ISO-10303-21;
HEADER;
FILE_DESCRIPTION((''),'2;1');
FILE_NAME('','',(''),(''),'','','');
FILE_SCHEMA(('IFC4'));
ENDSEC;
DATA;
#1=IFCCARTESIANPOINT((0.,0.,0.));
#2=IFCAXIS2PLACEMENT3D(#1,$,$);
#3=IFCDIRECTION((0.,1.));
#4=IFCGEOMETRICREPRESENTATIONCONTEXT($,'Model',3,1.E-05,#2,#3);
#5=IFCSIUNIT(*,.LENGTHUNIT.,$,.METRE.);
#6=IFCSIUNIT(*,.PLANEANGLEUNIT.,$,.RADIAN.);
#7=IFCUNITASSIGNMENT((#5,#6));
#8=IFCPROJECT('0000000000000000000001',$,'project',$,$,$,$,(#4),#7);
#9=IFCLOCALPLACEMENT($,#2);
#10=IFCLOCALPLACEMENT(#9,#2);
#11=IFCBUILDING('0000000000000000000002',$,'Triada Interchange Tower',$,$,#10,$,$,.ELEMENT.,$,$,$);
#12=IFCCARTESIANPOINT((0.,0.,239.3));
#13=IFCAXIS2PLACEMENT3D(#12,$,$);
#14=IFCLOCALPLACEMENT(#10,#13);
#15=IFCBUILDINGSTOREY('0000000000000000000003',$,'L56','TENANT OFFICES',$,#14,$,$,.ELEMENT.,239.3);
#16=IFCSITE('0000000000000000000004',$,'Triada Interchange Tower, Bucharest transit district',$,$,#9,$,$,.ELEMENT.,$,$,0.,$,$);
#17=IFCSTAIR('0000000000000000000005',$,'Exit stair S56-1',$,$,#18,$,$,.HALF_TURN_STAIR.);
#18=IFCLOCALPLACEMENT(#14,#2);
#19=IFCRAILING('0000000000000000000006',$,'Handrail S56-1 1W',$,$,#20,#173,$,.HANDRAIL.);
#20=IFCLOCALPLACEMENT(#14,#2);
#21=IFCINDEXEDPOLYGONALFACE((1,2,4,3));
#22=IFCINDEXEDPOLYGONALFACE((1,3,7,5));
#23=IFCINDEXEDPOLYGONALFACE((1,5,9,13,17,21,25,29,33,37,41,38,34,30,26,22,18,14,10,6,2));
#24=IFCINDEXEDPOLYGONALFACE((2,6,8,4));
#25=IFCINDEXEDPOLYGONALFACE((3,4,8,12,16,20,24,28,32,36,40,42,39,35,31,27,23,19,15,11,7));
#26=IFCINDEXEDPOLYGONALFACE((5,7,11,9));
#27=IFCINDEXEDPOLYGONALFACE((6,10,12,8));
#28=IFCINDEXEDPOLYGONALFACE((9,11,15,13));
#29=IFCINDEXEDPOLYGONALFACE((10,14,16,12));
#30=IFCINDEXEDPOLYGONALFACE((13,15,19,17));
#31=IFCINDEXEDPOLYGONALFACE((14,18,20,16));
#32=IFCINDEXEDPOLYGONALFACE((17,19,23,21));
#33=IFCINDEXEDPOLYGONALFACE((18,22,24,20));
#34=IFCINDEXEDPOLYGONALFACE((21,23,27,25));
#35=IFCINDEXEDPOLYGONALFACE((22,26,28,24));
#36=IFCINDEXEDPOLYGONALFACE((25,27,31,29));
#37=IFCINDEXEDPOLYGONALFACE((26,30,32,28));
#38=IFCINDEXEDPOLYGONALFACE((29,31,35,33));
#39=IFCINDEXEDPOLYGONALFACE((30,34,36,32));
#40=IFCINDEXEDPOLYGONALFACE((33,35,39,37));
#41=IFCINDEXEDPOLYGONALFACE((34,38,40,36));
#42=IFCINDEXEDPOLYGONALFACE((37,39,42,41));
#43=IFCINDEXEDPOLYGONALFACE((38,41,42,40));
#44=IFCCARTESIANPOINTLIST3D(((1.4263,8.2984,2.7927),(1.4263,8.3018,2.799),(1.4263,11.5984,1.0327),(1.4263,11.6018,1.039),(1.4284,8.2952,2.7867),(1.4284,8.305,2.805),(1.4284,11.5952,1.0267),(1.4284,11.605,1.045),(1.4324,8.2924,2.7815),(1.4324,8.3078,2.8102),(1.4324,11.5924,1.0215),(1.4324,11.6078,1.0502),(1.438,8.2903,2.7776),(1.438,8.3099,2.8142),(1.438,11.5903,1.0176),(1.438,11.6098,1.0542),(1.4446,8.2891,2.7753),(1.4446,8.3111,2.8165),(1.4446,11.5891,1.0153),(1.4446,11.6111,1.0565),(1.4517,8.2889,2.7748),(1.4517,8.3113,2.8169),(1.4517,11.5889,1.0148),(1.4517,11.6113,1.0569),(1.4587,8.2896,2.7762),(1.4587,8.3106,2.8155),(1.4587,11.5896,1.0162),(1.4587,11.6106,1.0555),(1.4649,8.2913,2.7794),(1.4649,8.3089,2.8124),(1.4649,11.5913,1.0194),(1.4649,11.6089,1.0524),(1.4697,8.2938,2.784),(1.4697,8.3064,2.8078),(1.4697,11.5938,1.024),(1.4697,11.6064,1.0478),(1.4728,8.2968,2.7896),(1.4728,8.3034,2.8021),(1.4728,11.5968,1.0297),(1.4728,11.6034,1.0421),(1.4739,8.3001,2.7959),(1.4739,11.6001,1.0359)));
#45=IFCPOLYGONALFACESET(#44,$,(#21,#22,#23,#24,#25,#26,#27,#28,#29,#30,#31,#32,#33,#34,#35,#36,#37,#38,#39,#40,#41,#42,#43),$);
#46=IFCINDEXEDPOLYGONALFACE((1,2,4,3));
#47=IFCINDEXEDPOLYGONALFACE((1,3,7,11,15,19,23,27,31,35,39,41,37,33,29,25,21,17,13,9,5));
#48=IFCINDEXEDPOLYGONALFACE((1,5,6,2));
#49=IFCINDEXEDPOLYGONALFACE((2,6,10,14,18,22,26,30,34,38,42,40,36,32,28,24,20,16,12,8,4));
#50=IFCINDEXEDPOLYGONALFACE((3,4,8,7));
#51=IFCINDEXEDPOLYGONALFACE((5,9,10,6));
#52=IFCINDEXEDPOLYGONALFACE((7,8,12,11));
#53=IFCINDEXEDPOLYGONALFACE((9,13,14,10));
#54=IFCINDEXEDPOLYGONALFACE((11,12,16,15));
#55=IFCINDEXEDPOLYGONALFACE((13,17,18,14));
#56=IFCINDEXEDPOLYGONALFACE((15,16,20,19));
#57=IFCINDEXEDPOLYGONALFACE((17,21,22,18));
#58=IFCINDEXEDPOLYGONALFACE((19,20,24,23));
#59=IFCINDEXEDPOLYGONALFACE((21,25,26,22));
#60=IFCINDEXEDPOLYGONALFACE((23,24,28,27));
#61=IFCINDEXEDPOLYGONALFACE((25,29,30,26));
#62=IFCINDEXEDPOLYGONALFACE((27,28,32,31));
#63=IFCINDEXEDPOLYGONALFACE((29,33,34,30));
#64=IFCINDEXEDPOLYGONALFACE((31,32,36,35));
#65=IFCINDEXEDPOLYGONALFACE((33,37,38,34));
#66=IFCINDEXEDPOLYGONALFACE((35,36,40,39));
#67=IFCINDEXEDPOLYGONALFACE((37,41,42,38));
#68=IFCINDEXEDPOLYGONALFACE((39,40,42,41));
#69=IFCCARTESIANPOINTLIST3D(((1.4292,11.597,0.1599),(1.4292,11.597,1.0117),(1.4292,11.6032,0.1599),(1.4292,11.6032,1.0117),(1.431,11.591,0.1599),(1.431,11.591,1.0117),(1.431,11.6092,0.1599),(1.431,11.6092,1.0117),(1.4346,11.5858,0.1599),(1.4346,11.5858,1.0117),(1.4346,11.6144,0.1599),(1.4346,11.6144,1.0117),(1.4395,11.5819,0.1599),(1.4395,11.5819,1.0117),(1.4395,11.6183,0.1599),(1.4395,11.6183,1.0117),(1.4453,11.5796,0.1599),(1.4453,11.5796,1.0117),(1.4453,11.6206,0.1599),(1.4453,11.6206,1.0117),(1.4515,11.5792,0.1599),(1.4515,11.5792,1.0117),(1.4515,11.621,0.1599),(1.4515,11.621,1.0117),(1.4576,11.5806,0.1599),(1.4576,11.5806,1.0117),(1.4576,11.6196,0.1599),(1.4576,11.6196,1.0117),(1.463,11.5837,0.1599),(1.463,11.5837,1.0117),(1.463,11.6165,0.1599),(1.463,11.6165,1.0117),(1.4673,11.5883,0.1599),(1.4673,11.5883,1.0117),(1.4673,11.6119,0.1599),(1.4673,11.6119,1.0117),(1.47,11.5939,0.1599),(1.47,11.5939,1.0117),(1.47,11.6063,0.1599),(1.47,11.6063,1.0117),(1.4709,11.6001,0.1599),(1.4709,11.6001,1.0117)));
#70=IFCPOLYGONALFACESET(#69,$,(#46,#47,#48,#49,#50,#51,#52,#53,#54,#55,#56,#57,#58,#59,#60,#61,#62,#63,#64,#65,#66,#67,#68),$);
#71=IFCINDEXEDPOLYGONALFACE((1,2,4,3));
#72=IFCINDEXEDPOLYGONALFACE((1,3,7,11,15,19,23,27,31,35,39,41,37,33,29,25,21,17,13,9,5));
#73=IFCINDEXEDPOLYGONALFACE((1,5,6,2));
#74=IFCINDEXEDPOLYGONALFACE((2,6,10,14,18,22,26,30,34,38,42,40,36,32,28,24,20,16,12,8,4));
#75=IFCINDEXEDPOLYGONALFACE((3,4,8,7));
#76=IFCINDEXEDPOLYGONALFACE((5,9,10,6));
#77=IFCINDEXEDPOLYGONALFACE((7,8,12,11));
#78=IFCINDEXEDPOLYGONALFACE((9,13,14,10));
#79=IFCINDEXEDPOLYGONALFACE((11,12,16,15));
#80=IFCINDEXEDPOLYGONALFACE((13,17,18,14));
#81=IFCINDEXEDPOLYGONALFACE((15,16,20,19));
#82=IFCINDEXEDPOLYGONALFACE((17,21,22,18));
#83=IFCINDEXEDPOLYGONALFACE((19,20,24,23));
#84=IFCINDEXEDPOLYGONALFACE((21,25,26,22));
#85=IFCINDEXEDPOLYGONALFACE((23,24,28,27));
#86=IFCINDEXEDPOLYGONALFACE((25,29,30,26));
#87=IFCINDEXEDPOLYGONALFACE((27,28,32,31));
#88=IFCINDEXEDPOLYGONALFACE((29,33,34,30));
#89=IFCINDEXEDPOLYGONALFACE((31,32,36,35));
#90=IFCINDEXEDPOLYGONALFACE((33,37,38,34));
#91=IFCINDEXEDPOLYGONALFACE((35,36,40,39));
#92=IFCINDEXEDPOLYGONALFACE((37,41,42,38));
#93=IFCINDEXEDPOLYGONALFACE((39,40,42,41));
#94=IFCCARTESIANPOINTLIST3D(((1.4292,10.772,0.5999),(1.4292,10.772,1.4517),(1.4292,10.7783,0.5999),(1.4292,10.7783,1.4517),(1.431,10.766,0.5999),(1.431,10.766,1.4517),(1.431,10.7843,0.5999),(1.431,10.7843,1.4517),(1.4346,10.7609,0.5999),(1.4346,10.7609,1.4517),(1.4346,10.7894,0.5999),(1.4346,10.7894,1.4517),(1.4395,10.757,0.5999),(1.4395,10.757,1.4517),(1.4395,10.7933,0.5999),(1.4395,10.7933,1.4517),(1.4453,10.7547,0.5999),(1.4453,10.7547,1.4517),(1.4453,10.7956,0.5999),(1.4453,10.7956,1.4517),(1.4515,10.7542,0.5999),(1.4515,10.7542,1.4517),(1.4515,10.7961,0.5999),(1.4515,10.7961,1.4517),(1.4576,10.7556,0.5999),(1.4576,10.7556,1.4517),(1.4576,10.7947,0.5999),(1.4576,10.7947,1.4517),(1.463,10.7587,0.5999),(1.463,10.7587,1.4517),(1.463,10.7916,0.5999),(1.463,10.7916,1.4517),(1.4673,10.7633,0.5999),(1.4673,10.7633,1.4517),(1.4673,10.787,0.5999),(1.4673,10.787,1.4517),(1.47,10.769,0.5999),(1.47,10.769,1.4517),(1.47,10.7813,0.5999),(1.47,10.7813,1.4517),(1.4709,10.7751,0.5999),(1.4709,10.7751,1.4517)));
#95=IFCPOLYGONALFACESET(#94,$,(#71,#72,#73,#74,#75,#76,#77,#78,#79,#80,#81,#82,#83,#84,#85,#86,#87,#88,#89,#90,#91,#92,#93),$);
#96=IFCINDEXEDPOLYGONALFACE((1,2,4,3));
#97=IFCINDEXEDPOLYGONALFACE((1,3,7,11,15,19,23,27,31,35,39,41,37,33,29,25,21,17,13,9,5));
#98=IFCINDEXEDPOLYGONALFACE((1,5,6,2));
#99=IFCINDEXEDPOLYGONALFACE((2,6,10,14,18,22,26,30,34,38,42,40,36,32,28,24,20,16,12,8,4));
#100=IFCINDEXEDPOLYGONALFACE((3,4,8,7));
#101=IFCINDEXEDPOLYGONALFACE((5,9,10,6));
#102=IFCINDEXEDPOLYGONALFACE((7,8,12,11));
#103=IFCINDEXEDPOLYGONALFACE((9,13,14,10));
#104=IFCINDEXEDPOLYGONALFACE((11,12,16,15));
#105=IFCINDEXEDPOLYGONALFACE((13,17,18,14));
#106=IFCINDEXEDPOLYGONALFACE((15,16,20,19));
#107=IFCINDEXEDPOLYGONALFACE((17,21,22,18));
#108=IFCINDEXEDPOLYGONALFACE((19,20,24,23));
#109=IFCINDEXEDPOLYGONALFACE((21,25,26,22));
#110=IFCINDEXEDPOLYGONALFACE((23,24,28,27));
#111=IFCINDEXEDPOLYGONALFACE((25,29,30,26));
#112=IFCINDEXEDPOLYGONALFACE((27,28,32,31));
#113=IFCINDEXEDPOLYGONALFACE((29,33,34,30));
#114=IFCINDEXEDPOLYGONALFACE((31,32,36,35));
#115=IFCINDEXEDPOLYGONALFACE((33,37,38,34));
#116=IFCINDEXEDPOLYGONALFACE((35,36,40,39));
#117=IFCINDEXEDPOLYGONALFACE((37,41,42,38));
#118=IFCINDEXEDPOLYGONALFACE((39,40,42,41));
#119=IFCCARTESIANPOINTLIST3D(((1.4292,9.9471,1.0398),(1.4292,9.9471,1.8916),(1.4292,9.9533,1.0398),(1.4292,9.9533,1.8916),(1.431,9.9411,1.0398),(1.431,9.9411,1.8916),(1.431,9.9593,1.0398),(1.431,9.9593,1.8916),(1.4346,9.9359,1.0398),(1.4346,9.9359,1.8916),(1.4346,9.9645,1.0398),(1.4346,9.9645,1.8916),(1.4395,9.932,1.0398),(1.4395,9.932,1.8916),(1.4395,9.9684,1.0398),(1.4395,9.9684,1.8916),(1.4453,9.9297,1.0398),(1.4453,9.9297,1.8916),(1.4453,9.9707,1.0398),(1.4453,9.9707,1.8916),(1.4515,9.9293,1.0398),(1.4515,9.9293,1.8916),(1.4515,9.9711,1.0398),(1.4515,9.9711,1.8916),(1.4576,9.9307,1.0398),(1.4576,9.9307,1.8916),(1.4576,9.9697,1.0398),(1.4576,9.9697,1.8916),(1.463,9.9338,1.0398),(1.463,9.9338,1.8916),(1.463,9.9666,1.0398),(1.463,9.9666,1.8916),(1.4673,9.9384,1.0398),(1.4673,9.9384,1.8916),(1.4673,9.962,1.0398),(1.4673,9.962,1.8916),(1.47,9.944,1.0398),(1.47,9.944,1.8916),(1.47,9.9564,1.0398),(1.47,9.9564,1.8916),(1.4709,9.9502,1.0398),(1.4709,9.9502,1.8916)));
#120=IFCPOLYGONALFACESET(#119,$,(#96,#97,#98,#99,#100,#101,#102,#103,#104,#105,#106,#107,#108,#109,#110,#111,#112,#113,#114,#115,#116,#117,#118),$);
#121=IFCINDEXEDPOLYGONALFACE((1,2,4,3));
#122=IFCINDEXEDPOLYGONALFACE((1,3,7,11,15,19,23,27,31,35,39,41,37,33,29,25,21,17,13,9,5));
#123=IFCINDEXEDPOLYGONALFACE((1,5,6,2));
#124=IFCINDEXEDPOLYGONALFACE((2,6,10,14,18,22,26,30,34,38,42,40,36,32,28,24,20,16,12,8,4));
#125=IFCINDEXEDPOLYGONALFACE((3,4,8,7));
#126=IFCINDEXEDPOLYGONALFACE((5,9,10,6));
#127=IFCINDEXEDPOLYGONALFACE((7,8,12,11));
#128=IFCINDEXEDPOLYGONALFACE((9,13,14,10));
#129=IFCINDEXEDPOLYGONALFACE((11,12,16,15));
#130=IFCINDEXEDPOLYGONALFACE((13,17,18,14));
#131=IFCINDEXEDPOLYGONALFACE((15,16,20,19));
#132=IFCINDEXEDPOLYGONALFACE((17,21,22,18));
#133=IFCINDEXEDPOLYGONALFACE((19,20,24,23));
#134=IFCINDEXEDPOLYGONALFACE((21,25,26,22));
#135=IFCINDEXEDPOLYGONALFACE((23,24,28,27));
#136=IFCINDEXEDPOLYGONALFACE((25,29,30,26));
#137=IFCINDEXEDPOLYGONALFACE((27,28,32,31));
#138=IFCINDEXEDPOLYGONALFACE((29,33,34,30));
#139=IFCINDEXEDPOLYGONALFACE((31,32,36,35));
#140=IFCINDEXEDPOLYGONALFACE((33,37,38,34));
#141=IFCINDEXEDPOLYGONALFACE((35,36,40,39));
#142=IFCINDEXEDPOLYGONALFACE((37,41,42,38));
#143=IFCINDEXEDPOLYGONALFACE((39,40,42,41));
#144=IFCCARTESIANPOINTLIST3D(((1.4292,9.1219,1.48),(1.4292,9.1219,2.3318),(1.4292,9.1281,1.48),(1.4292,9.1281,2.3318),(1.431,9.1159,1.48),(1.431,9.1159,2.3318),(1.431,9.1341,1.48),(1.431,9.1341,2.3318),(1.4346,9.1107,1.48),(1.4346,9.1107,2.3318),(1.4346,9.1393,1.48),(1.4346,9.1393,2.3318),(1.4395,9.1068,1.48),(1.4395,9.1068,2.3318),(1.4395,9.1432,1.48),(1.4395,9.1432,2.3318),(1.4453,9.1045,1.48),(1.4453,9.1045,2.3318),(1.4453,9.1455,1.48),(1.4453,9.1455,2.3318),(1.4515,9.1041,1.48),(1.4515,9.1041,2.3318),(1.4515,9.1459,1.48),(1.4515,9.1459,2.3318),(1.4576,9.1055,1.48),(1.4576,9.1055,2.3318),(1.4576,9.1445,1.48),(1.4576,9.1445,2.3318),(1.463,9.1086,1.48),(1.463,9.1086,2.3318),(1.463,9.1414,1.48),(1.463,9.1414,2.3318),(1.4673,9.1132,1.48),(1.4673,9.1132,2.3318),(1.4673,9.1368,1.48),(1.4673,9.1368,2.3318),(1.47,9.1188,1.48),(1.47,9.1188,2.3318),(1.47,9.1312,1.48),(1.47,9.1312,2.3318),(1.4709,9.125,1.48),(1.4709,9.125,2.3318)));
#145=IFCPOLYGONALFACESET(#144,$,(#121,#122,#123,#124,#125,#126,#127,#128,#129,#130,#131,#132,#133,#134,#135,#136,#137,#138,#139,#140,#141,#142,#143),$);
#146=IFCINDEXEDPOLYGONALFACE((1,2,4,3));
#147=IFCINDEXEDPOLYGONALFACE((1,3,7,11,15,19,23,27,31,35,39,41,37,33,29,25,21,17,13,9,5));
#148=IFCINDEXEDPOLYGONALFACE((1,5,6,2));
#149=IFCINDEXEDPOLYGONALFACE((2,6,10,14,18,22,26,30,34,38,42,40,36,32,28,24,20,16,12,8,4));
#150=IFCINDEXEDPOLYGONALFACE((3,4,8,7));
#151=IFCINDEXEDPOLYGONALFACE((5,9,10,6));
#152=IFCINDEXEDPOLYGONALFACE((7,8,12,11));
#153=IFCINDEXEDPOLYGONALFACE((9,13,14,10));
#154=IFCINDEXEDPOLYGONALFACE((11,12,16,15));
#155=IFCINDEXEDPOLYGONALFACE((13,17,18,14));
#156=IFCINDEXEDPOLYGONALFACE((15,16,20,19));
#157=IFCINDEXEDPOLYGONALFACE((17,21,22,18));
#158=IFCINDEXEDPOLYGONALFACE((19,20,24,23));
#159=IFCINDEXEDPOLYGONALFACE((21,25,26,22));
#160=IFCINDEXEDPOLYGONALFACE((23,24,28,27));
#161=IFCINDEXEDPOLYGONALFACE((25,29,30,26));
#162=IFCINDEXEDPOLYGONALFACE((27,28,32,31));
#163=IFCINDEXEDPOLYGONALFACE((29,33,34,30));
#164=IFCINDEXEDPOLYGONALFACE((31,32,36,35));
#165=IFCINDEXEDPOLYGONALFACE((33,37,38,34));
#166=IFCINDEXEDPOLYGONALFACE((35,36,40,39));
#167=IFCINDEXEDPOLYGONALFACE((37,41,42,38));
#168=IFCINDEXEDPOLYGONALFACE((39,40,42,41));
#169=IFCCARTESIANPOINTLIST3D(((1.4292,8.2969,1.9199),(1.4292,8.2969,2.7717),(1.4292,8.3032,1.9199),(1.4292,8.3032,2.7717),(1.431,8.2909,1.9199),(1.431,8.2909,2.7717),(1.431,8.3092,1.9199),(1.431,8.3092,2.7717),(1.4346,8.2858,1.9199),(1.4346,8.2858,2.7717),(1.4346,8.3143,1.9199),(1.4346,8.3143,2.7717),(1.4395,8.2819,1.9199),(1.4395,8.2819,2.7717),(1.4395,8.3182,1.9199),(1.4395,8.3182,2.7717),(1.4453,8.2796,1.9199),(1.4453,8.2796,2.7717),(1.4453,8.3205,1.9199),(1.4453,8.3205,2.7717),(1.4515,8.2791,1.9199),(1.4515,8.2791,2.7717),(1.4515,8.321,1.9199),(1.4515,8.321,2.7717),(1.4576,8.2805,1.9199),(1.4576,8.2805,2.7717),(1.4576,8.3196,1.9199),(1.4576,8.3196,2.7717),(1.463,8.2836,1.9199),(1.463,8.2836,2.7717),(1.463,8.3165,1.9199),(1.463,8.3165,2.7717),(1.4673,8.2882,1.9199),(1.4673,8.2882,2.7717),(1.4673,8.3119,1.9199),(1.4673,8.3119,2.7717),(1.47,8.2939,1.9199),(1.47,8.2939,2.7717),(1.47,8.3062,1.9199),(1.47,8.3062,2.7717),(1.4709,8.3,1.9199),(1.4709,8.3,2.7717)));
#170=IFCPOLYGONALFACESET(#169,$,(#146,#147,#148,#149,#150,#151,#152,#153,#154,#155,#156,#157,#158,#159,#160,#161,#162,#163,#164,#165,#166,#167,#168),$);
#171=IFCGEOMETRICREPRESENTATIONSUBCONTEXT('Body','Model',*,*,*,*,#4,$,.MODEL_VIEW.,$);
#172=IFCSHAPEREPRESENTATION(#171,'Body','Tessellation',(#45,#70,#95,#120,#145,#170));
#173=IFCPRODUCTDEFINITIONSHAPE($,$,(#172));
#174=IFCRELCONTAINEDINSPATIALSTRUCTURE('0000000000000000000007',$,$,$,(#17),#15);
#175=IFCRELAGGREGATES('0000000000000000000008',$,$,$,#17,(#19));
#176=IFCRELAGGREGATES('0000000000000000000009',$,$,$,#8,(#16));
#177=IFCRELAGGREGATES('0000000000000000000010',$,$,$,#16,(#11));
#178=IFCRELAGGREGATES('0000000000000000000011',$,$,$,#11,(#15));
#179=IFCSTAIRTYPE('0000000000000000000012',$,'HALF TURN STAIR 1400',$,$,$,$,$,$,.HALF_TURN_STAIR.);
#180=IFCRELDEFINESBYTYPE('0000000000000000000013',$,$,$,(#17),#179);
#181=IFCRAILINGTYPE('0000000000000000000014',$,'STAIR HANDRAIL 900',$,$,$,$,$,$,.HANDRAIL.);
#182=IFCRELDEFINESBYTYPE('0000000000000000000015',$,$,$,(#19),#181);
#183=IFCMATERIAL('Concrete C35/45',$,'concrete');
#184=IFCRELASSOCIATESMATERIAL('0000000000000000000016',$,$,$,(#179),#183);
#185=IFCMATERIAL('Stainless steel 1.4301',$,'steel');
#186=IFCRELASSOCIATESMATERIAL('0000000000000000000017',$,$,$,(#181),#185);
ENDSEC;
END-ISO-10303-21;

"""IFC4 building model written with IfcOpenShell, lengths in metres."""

from ifc_helpers import new_model, si_unit, direction, frame, origin, origin_2d, place, context, subcontext, project, spatial, circle, extrude, material, type_object, element, aggregate, save


model = new_model("IFC4")

# Units and contexts
model_context = context("Model", 3, precision=1e-05, world=origin(), true_north=direction((0.0, 1.0)))
body_context = subcontext(model_context, "Body", "Model", "MODEL_VIEW")
ifc_project = project(units=[si_unit("LENGTHUNIT", "METRE"), si_unit("PLANEANGLEUNIT", "RADIAN")], contexts=[model_context])

# Site, building, storey
site_placement = place(None, origin())
site = spatial("IfcSite", under=ifc_project, at=site_placement, Name="Triada Interchange Tower, Bucharest transit district", CompositionType="ELEMENT", RefElevation=0.0)
building_placement = place(site_placement, origin())
building = spatial("IfcBuilding", under=site, at=building_placement, Name="Triada Interchange Tower", CompositionType="ELEMENT")
storey_placement = place(building_placement, frame((0.0, 0.0, 239.3)))
storey = spatial("IfcBuildingStorey", under=building, at=storey_placement, Name="L56", Description="TENANT OFFICES", CompositionType="ELEMENT", Elevation=239.3)

# Stair
ifc_material_1 = material(Name="Concrete C35/45", Category="concrete")
stair_type = type_object("IfcStairType", Name="HALF TURN STAIR 1400", PredefinedType="HALF_TURN_STAIR", material=ifc_material_1)
stair_placement = place(storey_placement, origin())
stair = element("IfcStair", 1, at=stair_placement, inside=storey, type_object=stair_type, Name="Exit stair S56-1", PredefinedType="HALF_TURN_STAIR")

# Railing
ifc_material_2 = material(Name="Stainless steel 1.4301", Category="steel")
railing_type = type_object("IfcRailingType", Name="STAIR HANDRAIL 900", PredefinedType="HANDRAIL", material=ifc_material_2)
railing_1_placement = place(storey_placement, frame((1.45, 11.6001, 0.1599)))
railing_1 = element("IfcRailing", 2, at=railing_1_placement, type_object=railing_type, Name="Handrail S56-1 1W", PredefinedType="HANDRAIL", context=body_context, shape_type="SweptSolid", body=[
    extrude(circle(Radius=0.0239, at=origin_2d()), frame((0.0, 0.0, 0.876), z_axis=(0.0, -0.882355, 0.470585), x_axis=(1.0, 0.0, 0.0)), (0.0, 0.0, 1.0), 3.74),
    extrude(circle(Radius=0.021, at=origin_2d()), origin(), (0.0, 0.0, 1.0), 0.8518),
    extrude(circle(Radius=0.021, at=origin_2d()), frame((0.0, -0.825, 0.4399)), (0.0, 0.0, 1.0), 0.8518),
    extrude(circle(Radius=0.021, at=origin_2d()), frame((0.0, -1.6499, 0.8799)), (0.0, 0.0, 1.0), 0.8518),
    extrude(circle(Radius=0.021, at=origin_2d()), frame((0.0, -2.4751, 1.3201)), (0.0, 0.0, 1.0), 0.8518),
    extrude(circle(Radius=0.021, at=origin_2d()), frame((0.0, -3.3, 1.76)), (0.0, 0.0, 1.0), 0.8518),
])
aggregate(stair, [railing_1])

save(model, "model.ifc")
